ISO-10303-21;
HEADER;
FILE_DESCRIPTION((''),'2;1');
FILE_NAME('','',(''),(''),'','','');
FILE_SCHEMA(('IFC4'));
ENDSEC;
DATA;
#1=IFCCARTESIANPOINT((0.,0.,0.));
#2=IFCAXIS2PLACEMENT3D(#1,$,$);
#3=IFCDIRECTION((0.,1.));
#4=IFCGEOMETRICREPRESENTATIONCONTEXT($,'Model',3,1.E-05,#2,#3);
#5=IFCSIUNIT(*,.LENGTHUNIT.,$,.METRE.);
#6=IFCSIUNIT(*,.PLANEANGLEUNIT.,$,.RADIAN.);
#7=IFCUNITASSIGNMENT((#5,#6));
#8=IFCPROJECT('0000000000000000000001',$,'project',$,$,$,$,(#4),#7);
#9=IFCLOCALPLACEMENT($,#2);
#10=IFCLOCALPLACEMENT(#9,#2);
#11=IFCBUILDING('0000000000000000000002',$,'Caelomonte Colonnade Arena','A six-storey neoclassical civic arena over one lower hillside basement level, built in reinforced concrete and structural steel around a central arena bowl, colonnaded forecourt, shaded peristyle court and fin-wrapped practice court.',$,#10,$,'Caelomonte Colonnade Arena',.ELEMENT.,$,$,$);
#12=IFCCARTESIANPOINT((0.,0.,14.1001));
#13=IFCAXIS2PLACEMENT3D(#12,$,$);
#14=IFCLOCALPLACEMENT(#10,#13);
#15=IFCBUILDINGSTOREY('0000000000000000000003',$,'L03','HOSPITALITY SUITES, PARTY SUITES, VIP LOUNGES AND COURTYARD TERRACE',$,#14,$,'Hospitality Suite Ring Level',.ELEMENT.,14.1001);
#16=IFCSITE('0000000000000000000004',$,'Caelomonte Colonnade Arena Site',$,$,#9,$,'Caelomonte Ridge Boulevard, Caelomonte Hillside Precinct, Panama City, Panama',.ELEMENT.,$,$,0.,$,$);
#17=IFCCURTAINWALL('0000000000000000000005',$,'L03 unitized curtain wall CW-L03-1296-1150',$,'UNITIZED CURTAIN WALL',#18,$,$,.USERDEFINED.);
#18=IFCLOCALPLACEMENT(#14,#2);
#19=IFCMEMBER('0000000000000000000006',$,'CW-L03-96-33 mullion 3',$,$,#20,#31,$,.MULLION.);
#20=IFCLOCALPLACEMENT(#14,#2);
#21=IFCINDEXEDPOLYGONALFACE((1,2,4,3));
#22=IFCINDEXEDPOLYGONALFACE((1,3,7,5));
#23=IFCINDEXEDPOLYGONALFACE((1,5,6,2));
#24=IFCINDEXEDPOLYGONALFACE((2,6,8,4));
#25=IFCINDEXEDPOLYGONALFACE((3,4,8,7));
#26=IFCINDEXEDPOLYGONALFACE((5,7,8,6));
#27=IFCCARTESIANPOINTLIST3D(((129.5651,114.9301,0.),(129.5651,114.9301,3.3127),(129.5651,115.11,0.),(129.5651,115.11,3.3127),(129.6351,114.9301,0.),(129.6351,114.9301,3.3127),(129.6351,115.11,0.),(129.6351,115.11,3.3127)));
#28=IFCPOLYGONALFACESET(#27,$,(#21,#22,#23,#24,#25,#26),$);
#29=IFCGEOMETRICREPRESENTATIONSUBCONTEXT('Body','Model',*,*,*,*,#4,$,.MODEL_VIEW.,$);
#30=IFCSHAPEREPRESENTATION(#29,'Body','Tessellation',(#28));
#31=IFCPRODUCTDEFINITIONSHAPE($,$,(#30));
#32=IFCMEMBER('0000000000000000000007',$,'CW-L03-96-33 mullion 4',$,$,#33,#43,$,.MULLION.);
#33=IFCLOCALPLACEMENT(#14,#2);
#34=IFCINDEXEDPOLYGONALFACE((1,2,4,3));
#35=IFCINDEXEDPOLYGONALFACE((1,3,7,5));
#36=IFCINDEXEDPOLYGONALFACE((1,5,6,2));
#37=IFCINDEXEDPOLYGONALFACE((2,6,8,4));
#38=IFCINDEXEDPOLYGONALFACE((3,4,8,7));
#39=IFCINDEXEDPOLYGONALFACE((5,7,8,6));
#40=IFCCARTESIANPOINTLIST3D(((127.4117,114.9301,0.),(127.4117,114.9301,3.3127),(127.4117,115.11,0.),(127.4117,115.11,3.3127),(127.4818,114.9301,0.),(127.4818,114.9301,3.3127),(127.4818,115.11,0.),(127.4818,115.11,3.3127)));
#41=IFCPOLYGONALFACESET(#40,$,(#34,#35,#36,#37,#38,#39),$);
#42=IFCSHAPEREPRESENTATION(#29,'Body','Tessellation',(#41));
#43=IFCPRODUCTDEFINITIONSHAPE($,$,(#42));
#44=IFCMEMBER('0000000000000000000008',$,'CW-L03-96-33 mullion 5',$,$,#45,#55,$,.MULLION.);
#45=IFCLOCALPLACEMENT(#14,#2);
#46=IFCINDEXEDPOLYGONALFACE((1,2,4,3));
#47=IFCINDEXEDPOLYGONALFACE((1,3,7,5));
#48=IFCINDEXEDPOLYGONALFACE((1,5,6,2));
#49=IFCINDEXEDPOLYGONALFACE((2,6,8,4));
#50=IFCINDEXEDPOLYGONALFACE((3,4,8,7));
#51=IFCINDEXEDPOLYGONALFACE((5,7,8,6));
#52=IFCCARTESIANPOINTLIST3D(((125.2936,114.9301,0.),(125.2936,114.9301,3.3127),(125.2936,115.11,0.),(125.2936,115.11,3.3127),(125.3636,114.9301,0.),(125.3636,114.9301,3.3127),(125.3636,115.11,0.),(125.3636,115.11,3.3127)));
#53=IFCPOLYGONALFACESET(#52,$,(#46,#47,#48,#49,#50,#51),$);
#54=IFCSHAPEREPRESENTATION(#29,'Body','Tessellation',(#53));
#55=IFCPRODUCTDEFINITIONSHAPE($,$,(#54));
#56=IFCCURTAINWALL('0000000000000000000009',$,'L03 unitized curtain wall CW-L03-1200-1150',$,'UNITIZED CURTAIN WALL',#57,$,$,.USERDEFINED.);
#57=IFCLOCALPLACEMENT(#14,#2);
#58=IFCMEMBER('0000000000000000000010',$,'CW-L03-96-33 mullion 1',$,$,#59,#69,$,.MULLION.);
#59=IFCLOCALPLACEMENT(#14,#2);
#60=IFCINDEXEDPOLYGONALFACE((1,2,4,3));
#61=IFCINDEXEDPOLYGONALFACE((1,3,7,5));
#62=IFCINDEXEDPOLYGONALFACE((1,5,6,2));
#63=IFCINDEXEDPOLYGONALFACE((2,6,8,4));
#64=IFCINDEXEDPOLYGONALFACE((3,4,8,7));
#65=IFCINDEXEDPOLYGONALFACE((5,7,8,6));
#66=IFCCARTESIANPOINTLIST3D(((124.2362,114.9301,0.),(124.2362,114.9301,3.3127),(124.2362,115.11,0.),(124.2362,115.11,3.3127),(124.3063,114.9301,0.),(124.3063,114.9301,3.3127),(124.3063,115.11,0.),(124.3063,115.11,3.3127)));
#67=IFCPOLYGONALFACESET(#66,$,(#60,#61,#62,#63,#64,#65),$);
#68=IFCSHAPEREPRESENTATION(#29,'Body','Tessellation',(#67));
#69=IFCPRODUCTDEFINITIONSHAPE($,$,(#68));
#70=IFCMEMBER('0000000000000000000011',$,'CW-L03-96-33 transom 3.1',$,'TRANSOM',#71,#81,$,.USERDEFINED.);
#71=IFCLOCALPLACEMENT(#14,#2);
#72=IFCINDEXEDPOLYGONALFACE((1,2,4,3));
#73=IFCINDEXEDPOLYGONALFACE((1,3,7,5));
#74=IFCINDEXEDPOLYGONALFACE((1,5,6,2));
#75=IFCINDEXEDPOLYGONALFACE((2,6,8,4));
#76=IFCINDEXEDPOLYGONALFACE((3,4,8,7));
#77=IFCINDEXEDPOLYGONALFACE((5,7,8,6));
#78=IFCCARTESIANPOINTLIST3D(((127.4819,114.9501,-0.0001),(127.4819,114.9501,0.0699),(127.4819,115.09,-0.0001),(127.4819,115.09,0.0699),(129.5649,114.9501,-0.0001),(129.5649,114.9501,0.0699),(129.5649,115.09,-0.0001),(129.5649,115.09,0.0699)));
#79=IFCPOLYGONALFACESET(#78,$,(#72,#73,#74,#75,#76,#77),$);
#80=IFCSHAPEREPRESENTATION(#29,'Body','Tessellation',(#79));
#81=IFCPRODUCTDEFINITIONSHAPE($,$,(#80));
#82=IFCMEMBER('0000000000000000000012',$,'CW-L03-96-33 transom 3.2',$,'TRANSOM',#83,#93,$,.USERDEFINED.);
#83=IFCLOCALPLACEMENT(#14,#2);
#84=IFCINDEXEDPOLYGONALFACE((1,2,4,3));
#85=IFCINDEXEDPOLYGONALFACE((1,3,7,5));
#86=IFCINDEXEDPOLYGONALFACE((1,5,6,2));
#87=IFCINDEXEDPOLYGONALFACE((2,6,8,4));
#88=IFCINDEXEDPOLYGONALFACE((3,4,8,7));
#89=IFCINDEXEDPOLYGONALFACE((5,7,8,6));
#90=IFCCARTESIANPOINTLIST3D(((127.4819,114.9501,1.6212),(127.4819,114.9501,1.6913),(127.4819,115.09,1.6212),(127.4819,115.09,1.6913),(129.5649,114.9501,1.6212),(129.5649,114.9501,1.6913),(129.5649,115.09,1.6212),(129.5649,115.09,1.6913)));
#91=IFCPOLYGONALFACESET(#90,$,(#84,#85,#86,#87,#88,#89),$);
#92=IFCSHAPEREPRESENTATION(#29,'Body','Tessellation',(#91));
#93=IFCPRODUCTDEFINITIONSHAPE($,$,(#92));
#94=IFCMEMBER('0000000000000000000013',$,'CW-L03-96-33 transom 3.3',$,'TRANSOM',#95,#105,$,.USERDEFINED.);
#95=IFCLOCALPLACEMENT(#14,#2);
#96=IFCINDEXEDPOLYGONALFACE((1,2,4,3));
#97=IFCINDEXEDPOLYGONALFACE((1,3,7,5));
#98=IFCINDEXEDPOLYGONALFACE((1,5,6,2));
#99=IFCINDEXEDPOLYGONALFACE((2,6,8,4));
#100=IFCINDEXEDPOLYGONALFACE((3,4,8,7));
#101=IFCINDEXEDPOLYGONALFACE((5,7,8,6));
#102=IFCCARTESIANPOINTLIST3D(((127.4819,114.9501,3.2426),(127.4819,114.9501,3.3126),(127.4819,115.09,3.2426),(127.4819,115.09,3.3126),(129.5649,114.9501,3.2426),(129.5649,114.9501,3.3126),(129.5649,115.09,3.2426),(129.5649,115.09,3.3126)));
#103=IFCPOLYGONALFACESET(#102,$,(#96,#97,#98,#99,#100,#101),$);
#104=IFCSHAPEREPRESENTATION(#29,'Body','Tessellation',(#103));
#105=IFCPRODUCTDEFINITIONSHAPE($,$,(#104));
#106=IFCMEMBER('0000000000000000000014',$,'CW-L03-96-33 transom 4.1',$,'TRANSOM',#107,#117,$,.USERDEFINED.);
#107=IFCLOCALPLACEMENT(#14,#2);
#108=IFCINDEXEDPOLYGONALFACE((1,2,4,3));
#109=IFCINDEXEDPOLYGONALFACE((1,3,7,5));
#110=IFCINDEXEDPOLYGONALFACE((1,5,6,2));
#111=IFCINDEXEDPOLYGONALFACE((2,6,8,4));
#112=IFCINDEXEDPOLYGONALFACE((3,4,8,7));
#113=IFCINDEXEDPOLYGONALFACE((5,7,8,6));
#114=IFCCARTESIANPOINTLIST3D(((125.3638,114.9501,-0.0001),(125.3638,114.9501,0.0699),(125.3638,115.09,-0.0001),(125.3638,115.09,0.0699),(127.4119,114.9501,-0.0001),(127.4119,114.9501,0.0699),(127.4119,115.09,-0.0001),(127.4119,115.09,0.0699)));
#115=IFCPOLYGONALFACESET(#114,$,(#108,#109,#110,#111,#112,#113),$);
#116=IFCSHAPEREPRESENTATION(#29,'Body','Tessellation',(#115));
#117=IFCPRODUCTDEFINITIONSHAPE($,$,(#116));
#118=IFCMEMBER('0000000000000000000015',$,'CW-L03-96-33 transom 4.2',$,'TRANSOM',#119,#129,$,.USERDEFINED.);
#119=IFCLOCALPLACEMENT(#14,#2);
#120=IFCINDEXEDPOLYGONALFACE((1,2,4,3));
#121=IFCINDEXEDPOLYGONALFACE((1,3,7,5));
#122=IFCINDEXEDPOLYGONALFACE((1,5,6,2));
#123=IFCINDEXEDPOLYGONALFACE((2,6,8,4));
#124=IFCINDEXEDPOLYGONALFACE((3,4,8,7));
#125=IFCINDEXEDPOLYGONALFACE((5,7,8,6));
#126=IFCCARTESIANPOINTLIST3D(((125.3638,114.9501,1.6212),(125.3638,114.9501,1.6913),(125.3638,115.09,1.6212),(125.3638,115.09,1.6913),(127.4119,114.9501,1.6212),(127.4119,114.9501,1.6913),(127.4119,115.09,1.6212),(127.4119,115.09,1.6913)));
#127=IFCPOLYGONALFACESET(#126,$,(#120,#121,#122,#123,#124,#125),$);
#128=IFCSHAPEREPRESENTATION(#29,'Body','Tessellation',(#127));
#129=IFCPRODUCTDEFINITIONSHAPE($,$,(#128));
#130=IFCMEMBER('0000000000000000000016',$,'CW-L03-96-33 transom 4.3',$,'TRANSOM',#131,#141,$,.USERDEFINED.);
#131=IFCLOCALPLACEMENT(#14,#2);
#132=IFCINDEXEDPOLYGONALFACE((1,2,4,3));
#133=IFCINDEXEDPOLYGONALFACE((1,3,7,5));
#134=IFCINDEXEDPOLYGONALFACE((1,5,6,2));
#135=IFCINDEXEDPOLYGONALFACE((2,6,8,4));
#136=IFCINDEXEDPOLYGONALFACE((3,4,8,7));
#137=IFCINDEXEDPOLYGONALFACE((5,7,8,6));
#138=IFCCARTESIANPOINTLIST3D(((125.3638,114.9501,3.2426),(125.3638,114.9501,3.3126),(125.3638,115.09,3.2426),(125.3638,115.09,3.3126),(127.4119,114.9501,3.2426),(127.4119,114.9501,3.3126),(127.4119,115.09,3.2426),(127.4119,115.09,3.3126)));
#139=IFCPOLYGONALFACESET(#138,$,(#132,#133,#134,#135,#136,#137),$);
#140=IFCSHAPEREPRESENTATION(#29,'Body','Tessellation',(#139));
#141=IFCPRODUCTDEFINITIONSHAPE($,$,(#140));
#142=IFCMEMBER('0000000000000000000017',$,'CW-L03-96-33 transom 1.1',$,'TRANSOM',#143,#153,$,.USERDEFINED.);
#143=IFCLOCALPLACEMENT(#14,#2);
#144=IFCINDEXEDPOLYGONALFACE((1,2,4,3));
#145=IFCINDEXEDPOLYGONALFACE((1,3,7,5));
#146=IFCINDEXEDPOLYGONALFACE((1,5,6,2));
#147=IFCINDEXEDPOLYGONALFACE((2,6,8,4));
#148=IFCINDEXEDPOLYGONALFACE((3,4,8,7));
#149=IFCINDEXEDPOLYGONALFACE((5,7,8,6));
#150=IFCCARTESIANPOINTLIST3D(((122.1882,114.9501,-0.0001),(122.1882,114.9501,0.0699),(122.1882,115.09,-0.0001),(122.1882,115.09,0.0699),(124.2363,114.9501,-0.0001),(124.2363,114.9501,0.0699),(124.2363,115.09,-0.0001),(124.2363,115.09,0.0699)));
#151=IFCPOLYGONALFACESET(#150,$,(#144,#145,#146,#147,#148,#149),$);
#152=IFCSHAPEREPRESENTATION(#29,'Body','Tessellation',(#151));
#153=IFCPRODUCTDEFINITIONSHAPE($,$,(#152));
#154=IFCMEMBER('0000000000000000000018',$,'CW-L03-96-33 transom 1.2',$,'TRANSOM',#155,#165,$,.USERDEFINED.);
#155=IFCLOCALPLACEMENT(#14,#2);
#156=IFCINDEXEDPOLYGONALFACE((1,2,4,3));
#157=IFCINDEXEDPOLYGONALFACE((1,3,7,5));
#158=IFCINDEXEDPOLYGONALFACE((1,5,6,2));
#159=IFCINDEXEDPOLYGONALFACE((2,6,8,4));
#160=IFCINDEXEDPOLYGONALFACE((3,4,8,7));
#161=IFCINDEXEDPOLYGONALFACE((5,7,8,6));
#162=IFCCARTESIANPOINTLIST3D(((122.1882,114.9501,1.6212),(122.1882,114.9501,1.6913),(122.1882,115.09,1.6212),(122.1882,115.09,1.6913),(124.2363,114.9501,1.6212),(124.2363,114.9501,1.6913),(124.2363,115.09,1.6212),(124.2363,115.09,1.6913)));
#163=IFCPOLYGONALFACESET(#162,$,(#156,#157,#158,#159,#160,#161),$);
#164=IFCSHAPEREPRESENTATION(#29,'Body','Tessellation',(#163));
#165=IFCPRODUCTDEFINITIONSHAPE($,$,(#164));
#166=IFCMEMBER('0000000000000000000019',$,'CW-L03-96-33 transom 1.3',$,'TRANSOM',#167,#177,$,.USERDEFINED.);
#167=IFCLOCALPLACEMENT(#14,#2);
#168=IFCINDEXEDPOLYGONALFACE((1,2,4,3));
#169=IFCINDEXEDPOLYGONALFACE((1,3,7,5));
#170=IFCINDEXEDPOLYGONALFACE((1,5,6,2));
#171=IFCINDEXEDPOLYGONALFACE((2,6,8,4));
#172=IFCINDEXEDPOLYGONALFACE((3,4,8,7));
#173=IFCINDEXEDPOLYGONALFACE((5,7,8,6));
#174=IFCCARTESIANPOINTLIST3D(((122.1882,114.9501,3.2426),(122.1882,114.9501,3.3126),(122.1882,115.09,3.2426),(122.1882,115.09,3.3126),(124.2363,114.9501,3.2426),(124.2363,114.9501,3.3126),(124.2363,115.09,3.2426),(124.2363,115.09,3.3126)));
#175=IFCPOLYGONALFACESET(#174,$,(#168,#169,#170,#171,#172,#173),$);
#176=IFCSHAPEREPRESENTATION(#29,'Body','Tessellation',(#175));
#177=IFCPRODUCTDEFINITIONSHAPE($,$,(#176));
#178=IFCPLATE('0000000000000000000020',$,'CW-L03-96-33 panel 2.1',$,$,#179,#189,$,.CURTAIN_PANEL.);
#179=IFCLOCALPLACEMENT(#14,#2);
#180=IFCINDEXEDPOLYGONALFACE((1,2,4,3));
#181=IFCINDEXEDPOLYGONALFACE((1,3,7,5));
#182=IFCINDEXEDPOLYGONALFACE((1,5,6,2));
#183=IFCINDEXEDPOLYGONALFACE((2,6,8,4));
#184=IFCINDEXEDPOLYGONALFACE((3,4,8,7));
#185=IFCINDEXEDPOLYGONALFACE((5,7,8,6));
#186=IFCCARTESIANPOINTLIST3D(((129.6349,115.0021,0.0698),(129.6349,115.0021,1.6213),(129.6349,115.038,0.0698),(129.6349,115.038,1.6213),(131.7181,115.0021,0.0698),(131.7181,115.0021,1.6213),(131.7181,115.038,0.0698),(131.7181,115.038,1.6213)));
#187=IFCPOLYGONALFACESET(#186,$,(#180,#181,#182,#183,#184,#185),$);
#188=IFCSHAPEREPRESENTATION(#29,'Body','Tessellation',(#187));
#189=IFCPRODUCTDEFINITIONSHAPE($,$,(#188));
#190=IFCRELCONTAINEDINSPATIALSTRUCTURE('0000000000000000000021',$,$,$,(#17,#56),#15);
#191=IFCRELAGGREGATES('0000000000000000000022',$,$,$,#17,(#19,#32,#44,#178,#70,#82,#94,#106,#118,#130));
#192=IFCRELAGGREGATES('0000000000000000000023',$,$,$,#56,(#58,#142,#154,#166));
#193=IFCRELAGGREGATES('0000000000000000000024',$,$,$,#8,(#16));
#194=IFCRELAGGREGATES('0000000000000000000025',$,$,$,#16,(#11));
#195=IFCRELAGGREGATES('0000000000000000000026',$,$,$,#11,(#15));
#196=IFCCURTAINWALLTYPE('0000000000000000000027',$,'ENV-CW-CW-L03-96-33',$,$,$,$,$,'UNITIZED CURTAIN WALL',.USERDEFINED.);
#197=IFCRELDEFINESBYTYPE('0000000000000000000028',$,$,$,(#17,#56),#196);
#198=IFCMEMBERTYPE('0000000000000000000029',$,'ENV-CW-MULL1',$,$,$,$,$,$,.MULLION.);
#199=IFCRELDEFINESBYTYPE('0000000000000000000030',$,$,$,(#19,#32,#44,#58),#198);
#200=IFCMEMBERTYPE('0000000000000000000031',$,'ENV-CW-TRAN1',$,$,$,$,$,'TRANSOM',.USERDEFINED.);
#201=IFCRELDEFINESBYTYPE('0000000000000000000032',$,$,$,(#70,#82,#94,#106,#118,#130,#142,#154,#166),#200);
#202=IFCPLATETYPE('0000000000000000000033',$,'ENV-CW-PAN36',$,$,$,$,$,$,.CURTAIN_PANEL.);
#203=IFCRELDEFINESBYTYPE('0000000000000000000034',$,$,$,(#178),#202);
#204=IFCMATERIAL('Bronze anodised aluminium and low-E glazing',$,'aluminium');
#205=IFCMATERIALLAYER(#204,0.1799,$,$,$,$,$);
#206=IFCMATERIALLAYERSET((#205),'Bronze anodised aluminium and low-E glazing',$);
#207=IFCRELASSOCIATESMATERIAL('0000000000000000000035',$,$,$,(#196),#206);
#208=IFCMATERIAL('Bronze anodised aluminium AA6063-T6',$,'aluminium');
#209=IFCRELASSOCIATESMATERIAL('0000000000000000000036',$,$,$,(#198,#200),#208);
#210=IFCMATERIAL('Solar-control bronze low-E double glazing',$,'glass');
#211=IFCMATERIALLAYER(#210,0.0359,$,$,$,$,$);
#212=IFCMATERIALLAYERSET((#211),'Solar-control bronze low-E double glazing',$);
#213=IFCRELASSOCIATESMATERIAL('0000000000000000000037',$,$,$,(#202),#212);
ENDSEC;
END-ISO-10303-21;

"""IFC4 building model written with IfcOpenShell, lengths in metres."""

from ifc_helpers import new_model, si_unit, direction, frame, origin, origin_2d, place, context, subcontext, project, spatial, rectangle, extrude, material, layer, layer_set, material_profile, profile_set, type_object, element, aggregate, save


model = new_model("IFC4")

# Units and contexts
model_context = context("Model", 3, precision=1e-05, world=origin(), true_north=direction((0.0, 1.0)))
body_context = subcontext(model_context, "Body", "Model", "MODEL_VIEW")
ifc_project = project(units=[si_unit("LENGTHUNIT", "METRE"), si_unit("PLANEANGLEUNIT", "RADIAN")], contexts=[model_context])

# Site, building, storey
site_placement = place(None, origin())
site = spatial("IfcSite", under=ifc_project, at=site_placement, Name="Caelomonte Colonnade Arena Site", LongName="Caelomonte Ridge Boulevard, Caelomonte Hillside Precinct, Panama City, Panama", CompositionType="ELEMENT", RefElevation=0.0)
building_placement = place(site_placement, origin())
building = spatial("IfcBuilding", under=site, at=building_placement, Name="Caelomonte Colonnade Arena", Description="A six-storey neoclassical civic arena over one lower hillside basement level, built in reinforced concrete and structural steel around a central arena bowl, colonnaded forecourt, shaded peristyle court and fin-wrapped practice court.", LongName="Caelomonte Colonnade Arena", CompositionType="ELEMENT")
storey_placement = place(building_placement, frame((0.0, 0.0, 14.1001)))
storey = spatial("IfcBuildingStorey", under=building, at=storey_placement, Name="L03", Description="HOSPITALITY SUITES, PARTY SUITES, VIP LOUNGES AND COURTYARD TERRACE", LongName="Hospitality Suite Ring Level", CompositionType="ELEMENT", Elevation=14.1001)

# Curtain wall, members
ifc_material_1 = material(Name="Bronze anodised aluminium and low-E glazing", Category="aluminium")
ifc_layer_1 = layer(ifc_material_1, 0.1799)
ifc_layer_set_1 = layer_set([ifc_layer_1], Name="Bronze anodised aluminium and low-E glazing")
curtain_wall_type = type_object("IfcCurtainWallType", Name="ENV-CW-CW-L03-96-33", ElementType="UNITIZED CURTAIN WALL", PredefinedType="USERDEFINED", material=ifc_layer_set_1)
curtain_wall_1_placement = place(storey_placement, origin())
curtain_wall_1 = element("IfcCurtainWall", 1, at=curtain_wall_1_placement, inside=storey, type_object=curtain_wall_type, Name="L03 unitized curtain wall CW-L03-1296-1150", ObjectType="UNITIZED CURTAIN WALL", PredefinedType="USERDEFINED")
ifc_material_2 = material(Name="Bronze anodised aluminium AA6063-T6", Category="aluminium")
ifc_material_profile_1 = material_profile(ifc_material_2, rectangle(XDim=0.0701, YDim=0.1799, at=origin_2d()), Name="CWM-70X180")
ifc_profile_set_1 = profile_set([ifc_material_profile_1], Name="Bronze anodised aluminium AA6063-T6")
member_type_1 = type_object("IfcMemberType", Name="ENV-CW-MULL1", PredefinedType="MULLION", material=ifc_profile_set_1)
member_1_placement = place(storey_placement, frame((129.6001, 115.02, 0.0), z_axis=(0.0, 0.0, 1.0), x_axis=(-1.0, 0.0, 0.0)))
member_1 = element("IfcMember", 2, at=member_1_placement, type_object=member_type_1, Name="CW-L03-96-33 mullion 3", PredefinedType="MULLION", context=body_context, shape_type="SweptSolid", body=[
    extrude(rectangle(XDim=0.0701, YDim=0.1799, at=origin_2d()), origin(), (0.0, 0.0, 1.0), 3.3127),
])
member_2_placement = place(storey_placement, frame((127.4468, 115.02, 0.0), z_axis=(0.0, 0.0, 1.0), x_axis=(-1.0, 0.0, 0.0)))
member_2 = element("IfcMember", 3, at=member_2_placement, type_object=member_type_1, Name="CW-L03-96-33 mullion 4", PredefinedType="MULLION", context=body_context, shape_type="SweptSolid", body=[
    extrude(rectangle(XDim=0.0701, YDim=0.1799, at=origin_2d()), origin(), (0.0, 0.0, 1.0), 3.3127),
])
member_3_placement = place(storey_placement, frame((125.3286, 115.02, 0.0), z_axis=(0.0, 0.0, 1.0), x_axis=(-1.0, 0.0, 0.0)))
member_3 = element("IfcMember", 4, at=member_3_placement, type_object=member_type_1, Name="CW-L03-96-33 mullion 5", PredefinedType="MULLION", context=body_context, shape_type="SweptSolid", body=[
    extrude(rectangle(XDim=0.0701, YDim=0.1799, at=origin_2d()), origin(), (0.0, 0.0, 1.0), 3.3127),
])

# Curtain wall, member
curtain_wall_2_placement = place(storey_placement, origin())
curtain_wall_2 = element("IfcCurtainWall", 5, at=curtain_wall_2_placement, inside=storey, type_object=curtain_wall_type, Name="L03 unitized curtain wall CW-L03-1200-1150", ObjectType="UNITIZED CURTAIN WALL", PredefinedType="USERDEFINED")
member_4_placement = place(storey_placement, frame((124.2712, 115.02, 0.0), z_axis=(0.0, 0.0, 1.0), x_axis=(-1.0, 0.0, 0.0)))
member_4 = element("IfcMember", 6, at=member_4_placement, type_object=member_type_1, Name="CW-L03-96-33 mullion 1", PredefinedType="MULLION", context=body_context, shape_type="SweptSolid", body=[
    extrude(rectangle(XDim=0.0701, YDim=0.1799, at=origin_2d()), origin(), (0.0, 0.0, 1.0), 3.3127),
])

# Members
ifc_material_profile_2 = material_profile(ifc_material_2, rectangle(XDim=0.0701, YDim=0.1399, at=origin_2d()), Name="CWT-70X140")
ifc_profile_set_2 = profile_set([ifc_material_profile_2], Name="Bronze anodised aluminium AA6063-T6")
member_type_2 = type_object("IfcMemberType", Name="ENV-CW-TRAN1", ElementType="TRANSOM", PredefinedType="USERDEFINED", material=ifc_profile_set_2)
member_5_placement = place(storey_placement, frame((129.5649, 115.02, 0.0349), z_axis=(-1.0, 0.0, 0.0), x_axis=(0.0, 0.0, 1.0)))
member_5 = element("IfcMember", 7, at=member_5_placement, type_object=member_type_2, Name="CW-L03-96-33 transom 3.1", ObjectType="TRANSOM", PredefinedType="USERDEFINED", context=body_context, shape_type="SweptSolid", body=[
    extrude(rectangle(XDim=0.0701, YDim=0.1399, at=origin_2d()), origin(), (0.0, 0.0, 1.0), 2.083),
])
member_6_placement = place(storey_placement, frame((129.5649, 115.02, 1.6562), z_axis=(-1.0, 0.0, 0.0), x_axis=(0.0, 0.0, 1.0)))
member_6 = element("IfcMember", 8, at=member_6_placement, type_object=member_type_2, Name="CW-L03-96-33 transom 3.2", ObjectType="TRANSOM", PredefinedType="USERDEFINED", context=body_context, shape_type="SweptSolid", body=[
    extrude(rectangle(XDim=0.0701, YDim=0.1399, at=origin_2d()), origin(), (0.0, 0.0, 1.0), 2.083),
])
member_7_placement = place(storey_placement, frame((129.5649, 115.02, 3.2776), z_axis=(-1.0, 0.0, 0.0), x_axis=(0.0, 0.0, 1.0)))
member_7 = element("IfcMember", 9, at=member_7_placement, type_object=member_type_2, Name="CW-L03-96-33 transom 3.3", ObjectType="TRANSOM", PredefinedType="USERDEFINED", context=body_context, shape_type="SweptSolid", body=[
    extrude(rectangle(XDim=0.0701, YDim=0.1399, at=origin_2d()), origin(), (0.0, 0.0, 1.0), 2.083),
])
member_8_placement = place(storey_placement, frame((127.4119, 115.02, 0.0349), z_axis=(-1.0, 0.0, 0.0), x_axis=(0.0, 0.0, 1.0)))
member_8 = element("IfcMember", 10, at=member_8_placement, type_object=member_type_2, Name="CW-L03-96-33 transom 4.1", ObjectType="TRANSOM", PredefinedType="USERDEFINED", context=body_context, shape_type="SweptSolid", body=[
    extrude(rectangle(XDim=0.0701, YDim=0.1399, at=origin_2d()), origin(), (0.0, 0.0, 1.0), 2.0481),
])
member_9_placement = place(storey_placement, frame((127.4119, 115.02, 1.6562), z_axis=(-1.0, 0.0, 0.0), x_axis=(0.0, 0.0, 1.0)))
member_9 = element("IfcMember", 11, at=member_9_placement, type_object=member_type_2, Name="CW-L03-96-33 transom 4.2", ObjectType="TRANSOM", PredefinedType="USERDEFINED", context=body_context, shape_type="SweptSolid", body=[
    extrude(rectangle(XDim=0.0701, YDim=0.1399, at=origin_2d()), origin(), (0.0, 0.0, 1.0), 2.0481),
])
member_10_placement = place(storey_placement, frame((127.4119, 115.02, 3.2776), z_axis=(-1.0, 0.0, 0.0), x_axis=(0.0, 0.0, 1.0)))
member_10 = element("IfcMember", 12, at=member_10_placement, type_object=member_type_2, Name="CW-L03-96-33 transom 4.3", ObjectType="TRANSOM", PredefinedType="USERDEFINED", context=body_context, shape_type="SweptSolid", body=[
    extrude(rectangle(XDim=0.0701, YDim=0.1399, at=origin_2d()), origin(), (0.0, 0.0, 1.0), 2.0481),
])
member_11_placement = place(storey_placement, frame((124.2363, 115.02, 0.0349), z_axis=(-1.0, 0.0, 0.0), x_axis=(0.0, 0.0, 1.0)))
member_11 = element("IfcMember", 13, at=member_11_placement, type_object=member_type_2, Name="CW-L03-96-33 transom 1.1", ObjectType="TRANSOM", PredefinedType="USERDEFINED", context=body_context, shape_type="SweptSolid", body=[
    extrude(rectangle(XDim=0.0701, YDim=0.1399, at=origin_2d()), origin(), (0.0, 0.0, 1.0), 2.0481),
])
member_12_placement = place(storey_placement, frame((124.2363, 115.02, 1.6562), z_axis=(-1.0, 0.0, 0.0), x_axis=(0.0, 0.0, 1.0)))
member_12 = element("IfcMember", 14, at=member_12_placement, type_object=member_type_2, Name="CW-L03-96-33 transom 1.2", ObjectType="TRANSOM", PredefinedType="USERDEFINED", context=body_context, shape_type="SweptSolid", body=[
    extrude(rectangle(XDim=0.0701, YDim=0.1399, at=origin_2d()), origin(), (0.0, 0.0, 1.0), 2.0481),
])
member_13_placement = place(storey_placement, frame((124.2363, 115.02, 3.2776), z_axis=(-1.0, 0.0, 0.0), x_axis=(0.0, 0.0, 1.0)))
member_13 = element("IfcMember", 15, at=member_13_placement, type_object=member_type_2, Name="CW-L03-96-33 transom 1.3", ObjectType="TRANSOM", PredefinedType="USERDEFINED", context=body_context, shape_type="SweptSolid", body=[
    extrude(rectangle(XDim=0.0701, YDim=0.1399, at=origin_2d()), origin(), (0.0, 0.0, 1.0), 2.0481),
])

# Plate
ifc_material_3 = material(Name="Solar-control bronze low-E double glazing", Category="glass")
ifc_layer_2 = layer(ifc_material_3, 0.0359)
ifc_layer_set_2 = layer_set([ifc_layer_2], Name="Solar-control bronze low-E double glazing")
plate_type = type_object("IfcPlateType", Name="ENV-CW-PAN36", PredefinedType="CURTAIN_PANEL", material=ifc_layer_set_2)
plate_1_placement = place(storey_placement, frame((130.6765, 115.02, 0.0698), z_axis=(0.0, 0.0, 1.0), x_axis=(-1.0, 0.0, 0.0)))
plate_1 = element("IfcPlate", 16, at=plate_1_placement, type_object=plate_type, Name="CW-L03-96-33 panel 2.1", PredefinedType="CURTAIN_PANEL", context=body_context, shape_type="SweptSolid", body=[
    extrude(rectangle(XDim=2.0833, YDim=0.0359, at=origin_2d()), origin(), (0.0, 0.0, 1.0), 1.5515),
])
aggregate(curtain_wall_1, [member_1, member_2, member_3, plate_1, member_5, member_6, member_7, member_8, member_9, member_10])
aggregate(curtain_wall_2, [member_4, member_11, member_12, member_13])

save(model, "model.ifc")
